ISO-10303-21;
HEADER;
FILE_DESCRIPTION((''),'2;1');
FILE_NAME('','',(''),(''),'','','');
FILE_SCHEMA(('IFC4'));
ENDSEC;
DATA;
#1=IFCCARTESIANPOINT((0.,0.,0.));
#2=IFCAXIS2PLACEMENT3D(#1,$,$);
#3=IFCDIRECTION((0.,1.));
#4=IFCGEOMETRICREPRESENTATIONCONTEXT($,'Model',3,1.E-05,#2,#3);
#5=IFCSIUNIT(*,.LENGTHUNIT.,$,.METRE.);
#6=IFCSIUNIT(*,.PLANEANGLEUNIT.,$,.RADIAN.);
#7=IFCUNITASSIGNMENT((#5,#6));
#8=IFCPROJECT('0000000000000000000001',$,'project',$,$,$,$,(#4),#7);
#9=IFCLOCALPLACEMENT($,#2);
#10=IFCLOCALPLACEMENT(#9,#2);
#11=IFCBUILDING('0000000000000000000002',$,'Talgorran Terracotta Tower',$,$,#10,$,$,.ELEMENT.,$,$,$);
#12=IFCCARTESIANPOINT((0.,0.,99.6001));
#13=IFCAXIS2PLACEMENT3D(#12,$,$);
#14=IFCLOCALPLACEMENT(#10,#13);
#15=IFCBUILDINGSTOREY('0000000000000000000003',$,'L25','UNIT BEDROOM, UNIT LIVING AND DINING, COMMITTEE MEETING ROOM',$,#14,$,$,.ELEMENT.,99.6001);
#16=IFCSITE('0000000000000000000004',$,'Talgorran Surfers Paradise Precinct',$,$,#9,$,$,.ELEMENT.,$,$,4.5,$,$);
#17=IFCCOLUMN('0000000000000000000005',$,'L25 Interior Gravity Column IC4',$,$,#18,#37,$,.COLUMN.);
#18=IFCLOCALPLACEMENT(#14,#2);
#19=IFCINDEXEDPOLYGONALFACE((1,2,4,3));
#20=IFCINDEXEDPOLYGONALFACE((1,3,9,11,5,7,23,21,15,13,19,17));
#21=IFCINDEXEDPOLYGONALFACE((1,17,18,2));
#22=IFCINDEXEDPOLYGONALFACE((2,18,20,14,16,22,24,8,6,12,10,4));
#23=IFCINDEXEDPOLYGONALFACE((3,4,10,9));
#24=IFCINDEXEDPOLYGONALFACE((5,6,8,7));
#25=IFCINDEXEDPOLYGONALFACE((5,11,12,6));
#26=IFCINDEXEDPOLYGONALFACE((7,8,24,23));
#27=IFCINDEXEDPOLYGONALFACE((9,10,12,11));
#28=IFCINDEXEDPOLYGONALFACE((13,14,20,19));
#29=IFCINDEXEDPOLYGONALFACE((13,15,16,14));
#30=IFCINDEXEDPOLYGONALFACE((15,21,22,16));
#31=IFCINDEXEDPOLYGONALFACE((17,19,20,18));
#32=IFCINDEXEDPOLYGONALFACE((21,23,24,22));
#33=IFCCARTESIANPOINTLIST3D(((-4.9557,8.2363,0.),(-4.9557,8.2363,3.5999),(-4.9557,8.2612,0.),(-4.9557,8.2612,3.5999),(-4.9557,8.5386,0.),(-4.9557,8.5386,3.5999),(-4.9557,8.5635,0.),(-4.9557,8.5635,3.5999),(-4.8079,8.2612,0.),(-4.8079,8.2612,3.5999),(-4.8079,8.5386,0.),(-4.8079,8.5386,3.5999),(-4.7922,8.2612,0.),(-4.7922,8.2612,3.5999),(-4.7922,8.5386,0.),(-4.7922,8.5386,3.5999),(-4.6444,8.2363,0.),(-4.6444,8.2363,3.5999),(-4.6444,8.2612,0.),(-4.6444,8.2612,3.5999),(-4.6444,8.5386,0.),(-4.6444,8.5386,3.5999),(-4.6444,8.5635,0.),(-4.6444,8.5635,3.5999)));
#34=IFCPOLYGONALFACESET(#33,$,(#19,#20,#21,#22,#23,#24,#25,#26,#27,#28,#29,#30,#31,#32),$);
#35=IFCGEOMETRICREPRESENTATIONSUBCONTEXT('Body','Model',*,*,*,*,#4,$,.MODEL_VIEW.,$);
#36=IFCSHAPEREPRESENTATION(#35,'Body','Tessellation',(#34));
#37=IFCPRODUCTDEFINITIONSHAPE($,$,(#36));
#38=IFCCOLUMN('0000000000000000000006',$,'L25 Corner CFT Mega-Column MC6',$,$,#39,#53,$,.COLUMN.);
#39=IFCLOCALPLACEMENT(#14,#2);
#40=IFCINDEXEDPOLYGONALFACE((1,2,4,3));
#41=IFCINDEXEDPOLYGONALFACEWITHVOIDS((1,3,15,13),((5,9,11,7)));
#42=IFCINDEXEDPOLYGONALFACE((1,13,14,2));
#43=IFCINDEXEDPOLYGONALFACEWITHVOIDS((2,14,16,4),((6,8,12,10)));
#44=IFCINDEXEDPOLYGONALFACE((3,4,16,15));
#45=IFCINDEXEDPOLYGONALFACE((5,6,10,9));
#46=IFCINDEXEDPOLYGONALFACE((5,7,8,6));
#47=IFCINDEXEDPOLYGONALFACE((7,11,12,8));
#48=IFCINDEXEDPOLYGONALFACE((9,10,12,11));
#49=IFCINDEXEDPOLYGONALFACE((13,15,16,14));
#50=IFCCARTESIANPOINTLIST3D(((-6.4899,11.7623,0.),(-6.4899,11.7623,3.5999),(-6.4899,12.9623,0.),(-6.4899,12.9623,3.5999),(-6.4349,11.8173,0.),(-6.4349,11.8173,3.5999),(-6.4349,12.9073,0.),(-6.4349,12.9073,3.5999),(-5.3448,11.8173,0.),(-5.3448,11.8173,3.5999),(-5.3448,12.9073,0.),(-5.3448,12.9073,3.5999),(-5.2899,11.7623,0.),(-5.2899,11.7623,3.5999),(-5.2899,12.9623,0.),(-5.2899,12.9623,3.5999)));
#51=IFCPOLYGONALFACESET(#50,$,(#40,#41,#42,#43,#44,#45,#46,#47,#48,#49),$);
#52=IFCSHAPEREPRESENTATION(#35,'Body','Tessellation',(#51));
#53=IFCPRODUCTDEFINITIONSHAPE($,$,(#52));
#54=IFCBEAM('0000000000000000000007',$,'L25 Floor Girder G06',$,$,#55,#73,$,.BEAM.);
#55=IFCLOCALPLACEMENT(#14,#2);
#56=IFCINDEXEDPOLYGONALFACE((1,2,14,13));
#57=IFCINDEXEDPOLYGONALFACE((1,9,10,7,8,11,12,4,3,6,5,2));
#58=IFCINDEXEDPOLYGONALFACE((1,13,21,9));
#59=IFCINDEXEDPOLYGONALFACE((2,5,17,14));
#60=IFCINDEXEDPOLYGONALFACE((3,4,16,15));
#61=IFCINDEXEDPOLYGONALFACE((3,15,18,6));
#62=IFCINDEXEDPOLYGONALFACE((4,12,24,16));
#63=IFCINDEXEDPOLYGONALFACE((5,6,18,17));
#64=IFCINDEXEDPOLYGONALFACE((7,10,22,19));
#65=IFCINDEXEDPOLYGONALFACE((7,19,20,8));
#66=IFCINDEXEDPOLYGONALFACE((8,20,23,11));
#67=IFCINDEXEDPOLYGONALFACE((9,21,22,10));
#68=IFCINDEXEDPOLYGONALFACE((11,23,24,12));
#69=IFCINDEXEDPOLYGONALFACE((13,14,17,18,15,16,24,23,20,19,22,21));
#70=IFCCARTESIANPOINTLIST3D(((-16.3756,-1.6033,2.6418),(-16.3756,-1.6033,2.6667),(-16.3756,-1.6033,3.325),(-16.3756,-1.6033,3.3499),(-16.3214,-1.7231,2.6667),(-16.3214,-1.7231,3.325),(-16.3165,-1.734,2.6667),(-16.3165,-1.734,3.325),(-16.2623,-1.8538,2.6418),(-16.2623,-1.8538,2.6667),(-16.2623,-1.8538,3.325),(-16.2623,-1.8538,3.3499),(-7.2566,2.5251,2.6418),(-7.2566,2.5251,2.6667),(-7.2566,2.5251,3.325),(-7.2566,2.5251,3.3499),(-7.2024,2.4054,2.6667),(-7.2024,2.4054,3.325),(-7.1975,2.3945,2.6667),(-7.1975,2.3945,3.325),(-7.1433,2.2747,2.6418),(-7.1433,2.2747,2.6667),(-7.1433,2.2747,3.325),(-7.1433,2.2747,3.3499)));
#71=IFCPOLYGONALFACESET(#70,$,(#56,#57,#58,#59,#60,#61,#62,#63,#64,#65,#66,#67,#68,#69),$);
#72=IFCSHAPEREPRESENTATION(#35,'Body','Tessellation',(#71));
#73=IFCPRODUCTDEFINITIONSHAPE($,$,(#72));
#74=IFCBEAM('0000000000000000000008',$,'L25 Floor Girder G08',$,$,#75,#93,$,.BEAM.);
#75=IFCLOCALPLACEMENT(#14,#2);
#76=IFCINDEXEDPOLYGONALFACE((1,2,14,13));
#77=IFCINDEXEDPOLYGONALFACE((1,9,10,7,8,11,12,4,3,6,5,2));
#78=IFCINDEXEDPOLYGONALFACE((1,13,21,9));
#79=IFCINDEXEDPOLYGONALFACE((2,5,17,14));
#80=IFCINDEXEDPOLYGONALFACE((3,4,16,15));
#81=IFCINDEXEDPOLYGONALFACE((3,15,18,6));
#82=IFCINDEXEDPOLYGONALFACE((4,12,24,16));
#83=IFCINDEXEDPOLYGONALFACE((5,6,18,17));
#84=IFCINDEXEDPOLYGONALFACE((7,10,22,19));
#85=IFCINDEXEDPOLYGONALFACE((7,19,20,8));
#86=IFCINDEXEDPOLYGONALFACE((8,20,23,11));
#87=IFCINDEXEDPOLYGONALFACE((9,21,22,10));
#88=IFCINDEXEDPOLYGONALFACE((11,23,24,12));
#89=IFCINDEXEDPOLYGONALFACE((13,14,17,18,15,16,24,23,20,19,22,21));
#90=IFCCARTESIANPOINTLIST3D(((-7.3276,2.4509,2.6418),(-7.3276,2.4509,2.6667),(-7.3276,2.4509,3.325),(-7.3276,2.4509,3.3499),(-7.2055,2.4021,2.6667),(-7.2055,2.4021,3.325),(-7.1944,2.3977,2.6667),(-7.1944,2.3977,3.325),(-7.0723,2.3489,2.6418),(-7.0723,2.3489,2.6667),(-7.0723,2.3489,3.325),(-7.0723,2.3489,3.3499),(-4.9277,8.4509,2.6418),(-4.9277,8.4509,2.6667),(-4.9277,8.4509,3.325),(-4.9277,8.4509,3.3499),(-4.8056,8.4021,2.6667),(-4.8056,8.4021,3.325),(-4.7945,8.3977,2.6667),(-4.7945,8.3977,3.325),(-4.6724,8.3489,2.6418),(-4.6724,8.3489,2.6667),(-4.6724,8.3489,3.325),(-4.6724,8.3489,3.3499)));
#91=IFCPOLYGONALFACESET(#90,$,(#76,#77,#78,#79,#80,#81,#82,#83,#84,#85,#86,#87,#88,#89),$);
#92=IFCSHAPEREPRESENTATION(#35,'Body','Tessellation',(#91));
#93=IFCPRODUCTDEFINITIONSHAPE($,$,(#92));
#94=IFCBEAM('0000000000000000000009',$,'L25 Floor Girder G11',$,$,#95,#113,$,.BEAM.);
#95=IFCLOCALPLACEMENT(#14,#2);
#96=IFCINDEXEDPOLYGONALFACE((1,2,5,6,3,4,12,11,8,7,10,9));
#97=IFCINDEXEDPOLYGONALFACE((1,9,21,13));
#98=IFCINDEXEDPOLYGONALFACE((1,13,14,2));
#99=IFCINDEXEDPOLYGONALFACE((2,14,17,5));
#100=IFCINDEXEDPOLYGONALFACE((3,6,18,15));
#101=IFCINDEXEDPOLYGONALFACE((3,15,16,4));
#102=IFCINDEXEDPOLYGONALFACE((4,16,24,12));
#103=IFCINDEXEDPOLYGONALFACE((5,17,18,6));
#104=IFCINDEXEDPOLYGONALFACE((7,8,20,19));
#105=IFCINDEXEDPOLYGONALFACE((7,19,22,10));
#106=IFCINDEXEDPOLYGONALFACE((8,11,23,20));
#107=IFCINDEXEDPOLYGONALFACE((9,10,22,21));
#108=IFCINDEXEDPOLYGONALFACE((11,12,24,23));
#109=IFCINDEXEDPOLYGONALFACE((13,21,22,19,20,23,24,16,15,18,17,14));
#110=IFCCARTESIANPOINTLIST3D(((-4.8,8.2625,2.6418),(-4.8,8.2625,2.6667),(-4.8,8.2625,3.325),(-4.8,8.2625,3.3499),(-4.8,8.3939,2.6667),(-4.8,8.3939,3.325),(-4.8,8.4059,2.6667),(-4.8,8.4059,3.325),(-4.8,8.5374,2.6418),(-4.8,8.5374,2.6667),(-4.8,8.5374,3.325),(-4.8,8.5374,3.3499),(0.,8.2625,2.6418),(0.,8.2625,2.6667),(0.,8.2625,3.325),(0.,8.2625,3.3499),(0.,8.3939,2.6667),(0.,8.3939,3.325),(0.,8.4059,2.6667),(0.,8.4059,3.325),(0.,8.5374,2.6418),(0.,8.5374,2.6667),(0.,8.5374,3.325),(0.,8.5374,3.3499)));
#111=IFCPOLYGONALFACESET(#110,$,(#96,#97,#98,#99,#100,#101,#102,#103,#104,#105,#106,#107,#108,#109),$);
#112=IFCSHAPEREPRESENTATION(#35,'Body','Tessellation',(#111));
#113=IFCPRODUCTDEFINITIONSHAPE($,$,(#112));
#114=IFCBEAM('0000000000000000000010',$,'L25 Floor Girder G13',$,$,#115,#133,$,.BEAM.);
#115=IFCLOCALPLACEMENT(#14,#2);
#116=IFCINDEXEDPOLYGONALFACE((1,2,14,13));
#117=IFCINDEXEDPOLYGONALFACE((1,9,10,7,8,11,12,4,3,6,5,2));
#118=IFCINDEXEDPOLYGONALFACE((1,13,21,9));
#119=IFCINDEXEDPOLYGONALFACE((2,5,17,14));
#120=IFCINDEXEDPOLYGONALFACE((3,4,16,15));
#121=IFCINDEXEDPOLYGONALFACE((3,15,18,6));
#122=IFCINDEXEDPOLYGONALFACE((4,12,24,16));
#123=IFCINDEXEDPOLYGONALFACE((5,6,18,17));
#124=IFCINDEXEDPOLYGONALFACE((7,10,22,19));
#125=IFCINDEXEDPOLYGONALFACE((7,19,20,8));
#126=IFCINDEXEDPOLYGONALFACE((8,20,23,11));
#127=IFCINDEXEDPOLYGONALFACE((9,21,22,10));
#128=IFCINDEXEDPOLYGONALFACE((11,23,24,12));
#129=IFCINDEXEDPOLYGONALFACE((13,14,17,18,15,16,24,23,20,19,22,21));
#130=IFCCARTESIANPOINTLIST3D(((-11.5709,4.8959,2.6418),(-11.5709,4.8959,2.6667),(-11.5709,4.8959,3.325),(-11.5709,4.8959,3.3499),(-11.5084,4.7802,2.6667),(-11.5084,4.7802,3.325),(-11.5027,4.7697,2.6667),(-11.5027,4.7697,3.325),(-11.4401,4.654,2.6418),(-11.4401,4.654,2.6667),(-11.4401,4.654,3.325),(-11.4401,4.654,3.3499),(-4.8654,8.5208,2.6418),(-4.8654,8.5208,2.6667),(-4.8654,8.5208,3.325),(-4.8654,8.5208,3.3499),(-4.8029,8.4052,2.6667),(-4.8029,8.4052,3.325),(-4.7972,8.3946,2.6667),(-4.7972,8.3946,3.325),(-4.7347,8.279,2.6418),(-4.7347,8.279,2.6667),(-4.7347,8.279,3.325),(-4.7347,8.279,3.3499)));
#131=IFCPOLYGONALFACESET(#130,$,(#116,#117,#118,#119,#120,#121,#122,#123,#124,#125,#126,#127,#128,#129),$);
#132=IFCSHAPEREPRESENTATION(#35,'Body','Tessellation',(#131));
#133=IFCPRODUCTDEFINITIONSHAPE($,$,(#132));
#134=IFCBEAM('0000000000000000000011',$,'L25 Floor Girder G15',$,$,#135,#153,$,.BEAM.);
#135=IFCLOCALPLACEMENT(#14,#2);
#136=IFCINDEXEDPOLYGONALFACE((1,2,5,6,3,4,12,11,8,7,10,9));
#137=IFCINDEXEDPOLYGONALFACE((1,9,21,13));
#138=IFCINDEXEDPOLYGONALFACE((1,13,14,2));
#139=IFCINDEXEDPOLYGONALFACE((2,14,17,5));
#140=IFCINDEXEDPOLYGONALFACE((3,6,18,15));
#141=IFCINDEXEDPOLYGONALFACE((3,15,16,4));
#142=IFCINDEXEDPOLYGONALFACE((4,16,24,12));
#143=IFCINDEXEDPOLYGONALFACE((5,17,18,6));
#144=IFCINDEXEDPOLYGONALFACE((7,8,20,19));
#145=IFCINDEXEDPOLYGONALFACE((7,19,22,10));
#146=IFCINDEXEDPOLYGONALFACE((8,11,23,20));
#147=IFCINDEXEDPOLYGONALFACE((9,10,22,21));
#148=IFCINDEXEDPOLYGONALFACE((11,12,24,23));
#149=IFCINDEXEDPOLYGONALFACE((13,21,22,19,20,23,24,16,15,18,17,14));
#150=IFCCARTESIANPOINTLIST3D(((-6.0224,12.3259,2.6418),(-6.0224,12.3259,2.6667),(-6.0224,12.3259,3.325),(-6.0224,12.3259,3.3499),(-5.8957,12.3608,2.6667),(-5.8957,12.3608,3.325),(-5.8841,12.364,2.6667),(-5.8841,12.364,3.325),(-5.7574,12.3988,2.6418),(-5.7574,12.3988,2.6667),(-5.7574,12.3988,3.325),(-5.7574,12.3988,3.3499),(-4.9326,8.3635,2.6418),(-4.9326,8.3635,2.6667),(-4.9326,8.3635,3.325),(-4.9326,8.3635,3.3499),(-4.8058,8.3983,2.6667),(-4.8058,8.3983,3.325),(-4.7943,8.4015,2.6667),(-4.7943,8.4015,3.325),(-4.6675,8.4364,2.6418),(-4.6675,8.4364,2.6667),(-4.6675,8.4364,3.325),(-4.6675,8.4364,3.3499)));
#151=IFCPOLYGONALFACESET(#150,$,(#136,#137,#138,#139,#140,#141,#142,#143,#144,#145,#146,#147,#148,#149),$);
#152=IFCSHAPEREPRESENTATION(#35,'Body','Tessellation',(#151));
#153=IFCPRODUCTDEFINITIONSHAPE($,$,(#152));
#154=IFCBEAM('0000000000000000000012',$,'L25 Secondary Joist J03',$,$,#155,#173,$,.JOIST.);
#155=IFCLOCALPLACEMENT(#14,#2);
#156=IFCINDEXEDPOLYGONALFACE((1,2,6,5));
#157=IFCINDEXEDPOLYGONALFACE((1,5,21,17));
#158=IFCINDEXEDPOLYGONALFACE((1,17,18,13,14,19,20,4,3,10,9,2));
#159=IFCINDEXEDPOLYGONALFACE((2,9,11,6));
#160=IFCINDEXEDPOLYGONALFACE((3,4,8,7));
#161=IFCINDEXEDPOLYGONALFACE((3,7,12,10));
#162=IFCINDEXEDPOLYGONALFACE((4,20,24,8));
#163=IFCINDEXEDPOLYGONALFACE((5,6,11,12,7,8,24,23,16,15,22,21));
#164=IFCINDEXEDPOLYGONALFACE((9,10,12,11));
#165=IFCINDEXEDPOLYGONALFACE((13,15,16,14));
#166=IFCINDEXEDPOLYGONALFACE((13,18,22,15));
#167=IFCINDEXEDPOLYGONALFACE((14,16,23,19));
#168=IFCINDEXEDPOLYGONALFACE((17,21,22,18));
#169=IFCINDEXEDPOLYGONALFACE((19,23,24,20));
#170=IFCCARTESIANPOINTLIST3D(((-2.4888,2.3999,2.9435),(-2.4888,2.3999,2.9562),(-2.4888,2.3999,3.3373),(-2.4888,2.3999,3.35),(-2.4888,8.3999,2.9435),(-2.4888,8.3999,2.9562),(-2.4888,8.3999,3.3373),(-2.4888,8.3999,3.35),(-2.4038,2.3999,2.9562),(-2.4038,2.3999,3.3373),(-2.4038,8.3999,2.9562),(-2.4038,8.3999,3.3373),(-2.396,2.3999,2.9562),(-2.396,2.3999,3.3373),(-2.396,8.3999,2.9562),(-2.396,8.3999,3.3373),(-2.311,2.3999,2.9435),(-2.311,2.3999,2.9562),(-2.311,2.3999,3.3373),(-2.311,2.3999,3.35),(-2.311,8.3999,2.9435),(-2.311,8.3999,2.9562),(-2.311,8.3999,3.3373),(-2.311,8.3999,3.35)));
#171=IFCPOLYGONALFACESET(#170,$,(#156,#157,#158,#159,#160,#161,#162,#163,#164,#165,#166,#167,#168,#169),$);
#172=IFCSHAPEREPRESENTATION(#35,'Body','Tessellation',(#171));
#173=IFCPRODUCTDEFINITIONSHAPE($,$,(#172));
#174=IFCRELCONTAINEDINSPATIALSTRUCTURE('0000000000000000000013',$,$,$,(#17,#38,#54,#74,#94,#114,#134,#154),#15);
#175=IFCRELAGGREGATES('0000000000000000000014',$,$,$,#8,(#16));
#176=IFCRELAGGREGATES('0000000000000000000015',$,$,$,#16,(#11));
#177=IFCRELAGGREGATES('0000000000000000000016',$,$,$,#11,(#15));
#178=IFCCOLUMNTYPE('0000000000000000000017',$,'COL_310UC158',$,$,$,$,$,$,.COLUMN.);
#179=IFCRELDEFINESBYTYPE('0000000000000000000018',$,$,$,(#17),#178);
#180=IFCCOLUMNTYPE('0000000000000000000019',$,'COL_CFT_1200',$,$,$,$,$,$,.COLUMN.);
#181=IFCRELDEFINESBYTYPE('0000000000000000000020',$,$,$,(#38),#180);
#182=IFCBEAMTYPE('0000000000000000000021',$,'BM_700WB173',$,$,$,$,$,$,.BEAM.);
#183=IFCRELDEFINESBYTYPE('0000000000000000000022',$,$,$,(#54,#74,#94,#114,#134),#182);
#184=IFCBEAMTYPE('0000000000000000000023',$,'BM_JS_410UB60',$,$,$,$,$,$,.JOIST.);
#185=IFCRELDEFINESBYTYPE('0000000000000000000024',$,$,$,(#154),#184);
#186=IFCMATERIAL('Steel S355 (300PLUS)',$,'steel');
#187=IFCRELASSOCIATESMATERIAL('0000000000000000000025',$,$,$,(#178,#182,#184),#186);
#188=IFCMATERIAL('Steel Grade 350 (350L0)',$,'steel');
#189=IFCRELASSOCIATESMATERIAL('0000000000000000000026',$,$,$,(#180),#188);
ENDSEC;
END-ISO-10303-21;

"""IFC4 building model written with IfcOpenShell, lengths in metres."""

from ifc_helpers import new_model, si_unit, direction, frame, origin, origin_2d, place, context, subcontext, project, spatial, hollow_rectangle, i_section, extrude, material, material_profile, profile_set, type_object, element, save


model = new_model("IFC4")

# Units and contexts
model_context = context("Model", 3, precision=1e-05, world=origin(), true_north=direction((0.0, 1.0)))
body_context = subcontext(model_context, "Body", "Model", "MODEL_VIEW")
ifc_project = project(units=[si_unit("LENGTHUNIT", "METRE"), si_unit("PLANEANGLEUNIT", "RADIAN")], contexts=[model_context])

# Site, building, storey
site_placement = place(None, origin())
site = spatial("IfcSite", under=ifc_project, at=site_placement, Name="Talgorran Surfers Paradise Precinct", CompositionType="ELEMENT", RefElevation=4.5)
building_placement = place(site_placement, origin())
building = spatial("IfcBuilding", under=site, at=building_placement, Name="Talgorran Terracotta Tower", CompositionType="ELEMENT")
storey_placement = place(building_placement, frame((0.0, 0.0, 99.6001)))
storey = spatial("IfcBuildingStorey", under=building, at=storey_placement, Name="L25", Description="UNIT BEDROOM, UNIT LIVING AND DINING, COMMITTEE MEETING ROOM", CompositionType="ELEMENT", Elevation=99.6001)

# Columns
ifc_material_1 = material(Name="Steel S355 (300PLUS)", Category="steel")
ifc_material_profile_1 = material_profile(ifc_material_1, i_section(OverallWidth=0.3113, OverallDepth=0.3271, WebThickness=0.0156, FlangeThickness=0.0249, at=origin_2d()), Name="310UC158")
ifc_profile_set_1 = profile_set([ifc_material_profile_1], Name="Steel S355 (300PLUS)")
column_type_1 = type_object("IfcColumnType", Name="COL_310UC158", PredefinedType="COLUMN", material=ifc_profile_set_1)
column_1_placement = place(storey_placement, frame((-4.8, 8.3999, 0.0), z_axis=(0.0, 0.0, 1.0), x_axis=(1.0, 0.0, 0.0)))
element("IfcColumn", 1, at=column_1_placement, inside=storey, type_object=column_type_1, Name="L25 Interior Gravity Column IC4", PredefinedType="COLUMN", context=body_context, shape_type="SweptSolid", body=[
    extrude(i_section(OverallWidth=0.3113, OverallDepth=0.3271, WebThickness=0.0156, FlangeThickness=0.0249, at=origin_2d()), origin(), (0.0, 0.0, 1.0), 3.5999),
])
ifc_material_2 = material(Name="Steel Grade 350 (350L0)", Category="steel")
ifc_material_profile_2 = material_profile(ifc_material_2, hollow_rectangle(XDim=1.2, YDim=1.2, WallThickness=0.0549, at=origin_2d()), Name="CFT1200X1200X55")
ifc_profile_set_2 = profile_set([ifc_material_profile_2], Name="Steel Grade 350 (350L0)")
column_type_2 = type_object("IfcColumnType", Name="COL_CFT_1200", PredefinedType="COLUMN", material=ifc_profile_set_2)
column_2_placement = place(storey_placement, frame((-5.8899, 12.3623, 0.0), z_axis=(0.0, 0.0, 1.0), x_axis=(1.0, 0.0, 0.0)))
element("IfcColumn", 2, at=column_2_placement, inside=storey, type_object=column_type_2, Name="L25 Corner CFT Mega-Column MC6", PredefinedType="COLUMN", context=body_context, shape_type="SweptSolid", body=[
    extrude(hollow_rectangle(XDim=1.2, YDim=1.2, WallThickness=0.0549, at=origin_2d()), origin(), (0.0, 0.0, 1.0), 3.5999),
])

# Beams
ifc_material_profile_3 = material_profile(ifc_material_1, i_section(OverallWidth=0.2749, OverallDepth=0.708, WebThickness=0.012, FlangeThickness=0.0249, at=origin_2d()), Name="700WB173")
ifc_profile_set_3 = profile_set([ifc_material_profile_3], Name="Steel S355 (300PLUS)")
beam_type_1 = type_object("IfcBeamType", Name="BM_700WB173", PredefinedType="BEAM", material=ifc_profile_set_3)
beam_1_placement = place(storey_placement, frame((-7.2, 2.3999, 2.9958), z_axis=(-0.910988, -0.412433, 0.0), x_axis=(0.412433, -0.910988, 0.0)))
element("IfcBeam", 3, at=beam_1_placement, inside=storey, type_object=beam_type_1, Name="L25 Floor Girder G06", PredefinedType="BEAM", context=body_context, shape_type="SweptSolid", body=[
    extrude(i_section(OverallWidth=0.2749, OverallDepth=0.708, WebThickness=0.012, FlangeThickness=0.0249, at=origin_2d()), origin(), (0.0, 0.0, 1.0), 10.01),
])
beam_2_placement = place(storey_placement, frame((-7.2, 2.3999, 2.9958), z_axis=(0.371378, 0.928482, 0.0), x_axis=(-0.928482, 0.371378, 0.0)))
element("IfcBeam", 4, at=beam_2_placement, inside=storey, type_object=beam_type_1, Name="L25 Floor Girder G08", PredefinedType="BEAM", context=body_context, shape_type="SweptSolid", body=[
    extrude(i_section(OverallWidth=0.2749, OverallDepth=0.708, WebThickness=0.012, FlangeThickness=0.0249, at=origin_2d()), origin(), (0.0, 0.0, 1.0), 6.4622),
])
beam_3_placement = place(storey_placement, frame((-4.8, 8.3999, 2.9958), z_axis=(1.0, 0.0, 0.0), x_axis=(0.0, 1.0, 0.0)))
element("IfcBeam", 5, at=beam_3_placement, inside=storey, type_object=beam_type_1, Name="L25 Floor Girder G11", PredefinedType="BEAM", context=body_context, shape_type="SweptSolid", body=[
    extrude(i_section(OverallWidth=0.2749, OverallDepth=0.708, WebThickness=0.012, FlangeThickness=0.0249, at=origin_2d()), origin(), (0.0, 0.0, 1.0), 4.8),
])
beam_4_placement = place(storey_placement, frame((-4.8, 8.3999, 2.9958), z_axis=(-0.879686, -0.475555, 0.0), x_axis=(0.475555, -0.879686, 0.0)))
element("IfcBeam", 6, at=beam_4_placement, inside=storey, type_object=beam_type_1, Name="L25 Floor Girder G13", PredefinedType="BEAM", context=body_context, shape_type="SweptSolid", body=[
    extrude(i_section(OverallWidth=0.2749, OverallDepth=0.708, WebThickness=0.012, FlangeThickness=0.0249, at=origin_2d()), origin(), (0.0, 0.0, 1.0), 7.6226),
])
beam_5_placement = place(storey_placement, frame((-4.8, 8.3999, 2.9958), z_axis=(-0.265198, 0.964194, 0.0), x_axis=(-0.964194, -0.265198, 0.0)))
element("IfcBeam", 7, at=beam_5_placement, inside=storey, type_object=beam_type_1, Name="L25 Floor Girder G15", PredefinedType="BEAM", context=body_context, shape_type="SweptSolid", body=[
    extrude(i_section(OverallWidth=0.2749, OverallDepth=0.708, WebThickness=0.012, FlangeThickness=0.0249, at=origin_2d()), origin(), (0.0, 0.0, 1.0), 4.1096),
])
ifc_material_profile_4 = material_profile(ifc_material_1, i_section(OverallWidth=0.1777, OverallDepth=0.4065, WebThickness=0.0078, FlangeThickness=0.0127, at=origin_2d()), Name="410UB59.7")
ifc_profile_set_4 = profile_set([ifc_material_profile_4], Name="Steel S355 (300PLUS)")
beam_type_2 = type_object("IfcBeamType", Name="BM_JS_410UB60", PredefinedType="JOIST", material=ifc_profile_set_4)
beam_6_placement = place(storey_placement, frame((-2.3999, 2.3999, 3.1467), z_axis=(0.0, 1.0, 0.0), x_axis=(-1.0, 0.0, 0.0)))
element("IfcBeam", 8, at=beam_6_placement, inside=storey, type_object=beam_type_2, Name="L25 Secondary Joist J03", PredefinedType="JOIST", context=body_context, shape_type="SweptSolid", body=[
    extrude(i_section(OverallWidth=0.1777, OverallDepth=0.4065, WebThickness=0.0078, FlangeThickness=0.0127, at=origin_2d()), origin(), (0.0, 0.0, 1.0), 6.0),
])

save(model, "model.ifc")
